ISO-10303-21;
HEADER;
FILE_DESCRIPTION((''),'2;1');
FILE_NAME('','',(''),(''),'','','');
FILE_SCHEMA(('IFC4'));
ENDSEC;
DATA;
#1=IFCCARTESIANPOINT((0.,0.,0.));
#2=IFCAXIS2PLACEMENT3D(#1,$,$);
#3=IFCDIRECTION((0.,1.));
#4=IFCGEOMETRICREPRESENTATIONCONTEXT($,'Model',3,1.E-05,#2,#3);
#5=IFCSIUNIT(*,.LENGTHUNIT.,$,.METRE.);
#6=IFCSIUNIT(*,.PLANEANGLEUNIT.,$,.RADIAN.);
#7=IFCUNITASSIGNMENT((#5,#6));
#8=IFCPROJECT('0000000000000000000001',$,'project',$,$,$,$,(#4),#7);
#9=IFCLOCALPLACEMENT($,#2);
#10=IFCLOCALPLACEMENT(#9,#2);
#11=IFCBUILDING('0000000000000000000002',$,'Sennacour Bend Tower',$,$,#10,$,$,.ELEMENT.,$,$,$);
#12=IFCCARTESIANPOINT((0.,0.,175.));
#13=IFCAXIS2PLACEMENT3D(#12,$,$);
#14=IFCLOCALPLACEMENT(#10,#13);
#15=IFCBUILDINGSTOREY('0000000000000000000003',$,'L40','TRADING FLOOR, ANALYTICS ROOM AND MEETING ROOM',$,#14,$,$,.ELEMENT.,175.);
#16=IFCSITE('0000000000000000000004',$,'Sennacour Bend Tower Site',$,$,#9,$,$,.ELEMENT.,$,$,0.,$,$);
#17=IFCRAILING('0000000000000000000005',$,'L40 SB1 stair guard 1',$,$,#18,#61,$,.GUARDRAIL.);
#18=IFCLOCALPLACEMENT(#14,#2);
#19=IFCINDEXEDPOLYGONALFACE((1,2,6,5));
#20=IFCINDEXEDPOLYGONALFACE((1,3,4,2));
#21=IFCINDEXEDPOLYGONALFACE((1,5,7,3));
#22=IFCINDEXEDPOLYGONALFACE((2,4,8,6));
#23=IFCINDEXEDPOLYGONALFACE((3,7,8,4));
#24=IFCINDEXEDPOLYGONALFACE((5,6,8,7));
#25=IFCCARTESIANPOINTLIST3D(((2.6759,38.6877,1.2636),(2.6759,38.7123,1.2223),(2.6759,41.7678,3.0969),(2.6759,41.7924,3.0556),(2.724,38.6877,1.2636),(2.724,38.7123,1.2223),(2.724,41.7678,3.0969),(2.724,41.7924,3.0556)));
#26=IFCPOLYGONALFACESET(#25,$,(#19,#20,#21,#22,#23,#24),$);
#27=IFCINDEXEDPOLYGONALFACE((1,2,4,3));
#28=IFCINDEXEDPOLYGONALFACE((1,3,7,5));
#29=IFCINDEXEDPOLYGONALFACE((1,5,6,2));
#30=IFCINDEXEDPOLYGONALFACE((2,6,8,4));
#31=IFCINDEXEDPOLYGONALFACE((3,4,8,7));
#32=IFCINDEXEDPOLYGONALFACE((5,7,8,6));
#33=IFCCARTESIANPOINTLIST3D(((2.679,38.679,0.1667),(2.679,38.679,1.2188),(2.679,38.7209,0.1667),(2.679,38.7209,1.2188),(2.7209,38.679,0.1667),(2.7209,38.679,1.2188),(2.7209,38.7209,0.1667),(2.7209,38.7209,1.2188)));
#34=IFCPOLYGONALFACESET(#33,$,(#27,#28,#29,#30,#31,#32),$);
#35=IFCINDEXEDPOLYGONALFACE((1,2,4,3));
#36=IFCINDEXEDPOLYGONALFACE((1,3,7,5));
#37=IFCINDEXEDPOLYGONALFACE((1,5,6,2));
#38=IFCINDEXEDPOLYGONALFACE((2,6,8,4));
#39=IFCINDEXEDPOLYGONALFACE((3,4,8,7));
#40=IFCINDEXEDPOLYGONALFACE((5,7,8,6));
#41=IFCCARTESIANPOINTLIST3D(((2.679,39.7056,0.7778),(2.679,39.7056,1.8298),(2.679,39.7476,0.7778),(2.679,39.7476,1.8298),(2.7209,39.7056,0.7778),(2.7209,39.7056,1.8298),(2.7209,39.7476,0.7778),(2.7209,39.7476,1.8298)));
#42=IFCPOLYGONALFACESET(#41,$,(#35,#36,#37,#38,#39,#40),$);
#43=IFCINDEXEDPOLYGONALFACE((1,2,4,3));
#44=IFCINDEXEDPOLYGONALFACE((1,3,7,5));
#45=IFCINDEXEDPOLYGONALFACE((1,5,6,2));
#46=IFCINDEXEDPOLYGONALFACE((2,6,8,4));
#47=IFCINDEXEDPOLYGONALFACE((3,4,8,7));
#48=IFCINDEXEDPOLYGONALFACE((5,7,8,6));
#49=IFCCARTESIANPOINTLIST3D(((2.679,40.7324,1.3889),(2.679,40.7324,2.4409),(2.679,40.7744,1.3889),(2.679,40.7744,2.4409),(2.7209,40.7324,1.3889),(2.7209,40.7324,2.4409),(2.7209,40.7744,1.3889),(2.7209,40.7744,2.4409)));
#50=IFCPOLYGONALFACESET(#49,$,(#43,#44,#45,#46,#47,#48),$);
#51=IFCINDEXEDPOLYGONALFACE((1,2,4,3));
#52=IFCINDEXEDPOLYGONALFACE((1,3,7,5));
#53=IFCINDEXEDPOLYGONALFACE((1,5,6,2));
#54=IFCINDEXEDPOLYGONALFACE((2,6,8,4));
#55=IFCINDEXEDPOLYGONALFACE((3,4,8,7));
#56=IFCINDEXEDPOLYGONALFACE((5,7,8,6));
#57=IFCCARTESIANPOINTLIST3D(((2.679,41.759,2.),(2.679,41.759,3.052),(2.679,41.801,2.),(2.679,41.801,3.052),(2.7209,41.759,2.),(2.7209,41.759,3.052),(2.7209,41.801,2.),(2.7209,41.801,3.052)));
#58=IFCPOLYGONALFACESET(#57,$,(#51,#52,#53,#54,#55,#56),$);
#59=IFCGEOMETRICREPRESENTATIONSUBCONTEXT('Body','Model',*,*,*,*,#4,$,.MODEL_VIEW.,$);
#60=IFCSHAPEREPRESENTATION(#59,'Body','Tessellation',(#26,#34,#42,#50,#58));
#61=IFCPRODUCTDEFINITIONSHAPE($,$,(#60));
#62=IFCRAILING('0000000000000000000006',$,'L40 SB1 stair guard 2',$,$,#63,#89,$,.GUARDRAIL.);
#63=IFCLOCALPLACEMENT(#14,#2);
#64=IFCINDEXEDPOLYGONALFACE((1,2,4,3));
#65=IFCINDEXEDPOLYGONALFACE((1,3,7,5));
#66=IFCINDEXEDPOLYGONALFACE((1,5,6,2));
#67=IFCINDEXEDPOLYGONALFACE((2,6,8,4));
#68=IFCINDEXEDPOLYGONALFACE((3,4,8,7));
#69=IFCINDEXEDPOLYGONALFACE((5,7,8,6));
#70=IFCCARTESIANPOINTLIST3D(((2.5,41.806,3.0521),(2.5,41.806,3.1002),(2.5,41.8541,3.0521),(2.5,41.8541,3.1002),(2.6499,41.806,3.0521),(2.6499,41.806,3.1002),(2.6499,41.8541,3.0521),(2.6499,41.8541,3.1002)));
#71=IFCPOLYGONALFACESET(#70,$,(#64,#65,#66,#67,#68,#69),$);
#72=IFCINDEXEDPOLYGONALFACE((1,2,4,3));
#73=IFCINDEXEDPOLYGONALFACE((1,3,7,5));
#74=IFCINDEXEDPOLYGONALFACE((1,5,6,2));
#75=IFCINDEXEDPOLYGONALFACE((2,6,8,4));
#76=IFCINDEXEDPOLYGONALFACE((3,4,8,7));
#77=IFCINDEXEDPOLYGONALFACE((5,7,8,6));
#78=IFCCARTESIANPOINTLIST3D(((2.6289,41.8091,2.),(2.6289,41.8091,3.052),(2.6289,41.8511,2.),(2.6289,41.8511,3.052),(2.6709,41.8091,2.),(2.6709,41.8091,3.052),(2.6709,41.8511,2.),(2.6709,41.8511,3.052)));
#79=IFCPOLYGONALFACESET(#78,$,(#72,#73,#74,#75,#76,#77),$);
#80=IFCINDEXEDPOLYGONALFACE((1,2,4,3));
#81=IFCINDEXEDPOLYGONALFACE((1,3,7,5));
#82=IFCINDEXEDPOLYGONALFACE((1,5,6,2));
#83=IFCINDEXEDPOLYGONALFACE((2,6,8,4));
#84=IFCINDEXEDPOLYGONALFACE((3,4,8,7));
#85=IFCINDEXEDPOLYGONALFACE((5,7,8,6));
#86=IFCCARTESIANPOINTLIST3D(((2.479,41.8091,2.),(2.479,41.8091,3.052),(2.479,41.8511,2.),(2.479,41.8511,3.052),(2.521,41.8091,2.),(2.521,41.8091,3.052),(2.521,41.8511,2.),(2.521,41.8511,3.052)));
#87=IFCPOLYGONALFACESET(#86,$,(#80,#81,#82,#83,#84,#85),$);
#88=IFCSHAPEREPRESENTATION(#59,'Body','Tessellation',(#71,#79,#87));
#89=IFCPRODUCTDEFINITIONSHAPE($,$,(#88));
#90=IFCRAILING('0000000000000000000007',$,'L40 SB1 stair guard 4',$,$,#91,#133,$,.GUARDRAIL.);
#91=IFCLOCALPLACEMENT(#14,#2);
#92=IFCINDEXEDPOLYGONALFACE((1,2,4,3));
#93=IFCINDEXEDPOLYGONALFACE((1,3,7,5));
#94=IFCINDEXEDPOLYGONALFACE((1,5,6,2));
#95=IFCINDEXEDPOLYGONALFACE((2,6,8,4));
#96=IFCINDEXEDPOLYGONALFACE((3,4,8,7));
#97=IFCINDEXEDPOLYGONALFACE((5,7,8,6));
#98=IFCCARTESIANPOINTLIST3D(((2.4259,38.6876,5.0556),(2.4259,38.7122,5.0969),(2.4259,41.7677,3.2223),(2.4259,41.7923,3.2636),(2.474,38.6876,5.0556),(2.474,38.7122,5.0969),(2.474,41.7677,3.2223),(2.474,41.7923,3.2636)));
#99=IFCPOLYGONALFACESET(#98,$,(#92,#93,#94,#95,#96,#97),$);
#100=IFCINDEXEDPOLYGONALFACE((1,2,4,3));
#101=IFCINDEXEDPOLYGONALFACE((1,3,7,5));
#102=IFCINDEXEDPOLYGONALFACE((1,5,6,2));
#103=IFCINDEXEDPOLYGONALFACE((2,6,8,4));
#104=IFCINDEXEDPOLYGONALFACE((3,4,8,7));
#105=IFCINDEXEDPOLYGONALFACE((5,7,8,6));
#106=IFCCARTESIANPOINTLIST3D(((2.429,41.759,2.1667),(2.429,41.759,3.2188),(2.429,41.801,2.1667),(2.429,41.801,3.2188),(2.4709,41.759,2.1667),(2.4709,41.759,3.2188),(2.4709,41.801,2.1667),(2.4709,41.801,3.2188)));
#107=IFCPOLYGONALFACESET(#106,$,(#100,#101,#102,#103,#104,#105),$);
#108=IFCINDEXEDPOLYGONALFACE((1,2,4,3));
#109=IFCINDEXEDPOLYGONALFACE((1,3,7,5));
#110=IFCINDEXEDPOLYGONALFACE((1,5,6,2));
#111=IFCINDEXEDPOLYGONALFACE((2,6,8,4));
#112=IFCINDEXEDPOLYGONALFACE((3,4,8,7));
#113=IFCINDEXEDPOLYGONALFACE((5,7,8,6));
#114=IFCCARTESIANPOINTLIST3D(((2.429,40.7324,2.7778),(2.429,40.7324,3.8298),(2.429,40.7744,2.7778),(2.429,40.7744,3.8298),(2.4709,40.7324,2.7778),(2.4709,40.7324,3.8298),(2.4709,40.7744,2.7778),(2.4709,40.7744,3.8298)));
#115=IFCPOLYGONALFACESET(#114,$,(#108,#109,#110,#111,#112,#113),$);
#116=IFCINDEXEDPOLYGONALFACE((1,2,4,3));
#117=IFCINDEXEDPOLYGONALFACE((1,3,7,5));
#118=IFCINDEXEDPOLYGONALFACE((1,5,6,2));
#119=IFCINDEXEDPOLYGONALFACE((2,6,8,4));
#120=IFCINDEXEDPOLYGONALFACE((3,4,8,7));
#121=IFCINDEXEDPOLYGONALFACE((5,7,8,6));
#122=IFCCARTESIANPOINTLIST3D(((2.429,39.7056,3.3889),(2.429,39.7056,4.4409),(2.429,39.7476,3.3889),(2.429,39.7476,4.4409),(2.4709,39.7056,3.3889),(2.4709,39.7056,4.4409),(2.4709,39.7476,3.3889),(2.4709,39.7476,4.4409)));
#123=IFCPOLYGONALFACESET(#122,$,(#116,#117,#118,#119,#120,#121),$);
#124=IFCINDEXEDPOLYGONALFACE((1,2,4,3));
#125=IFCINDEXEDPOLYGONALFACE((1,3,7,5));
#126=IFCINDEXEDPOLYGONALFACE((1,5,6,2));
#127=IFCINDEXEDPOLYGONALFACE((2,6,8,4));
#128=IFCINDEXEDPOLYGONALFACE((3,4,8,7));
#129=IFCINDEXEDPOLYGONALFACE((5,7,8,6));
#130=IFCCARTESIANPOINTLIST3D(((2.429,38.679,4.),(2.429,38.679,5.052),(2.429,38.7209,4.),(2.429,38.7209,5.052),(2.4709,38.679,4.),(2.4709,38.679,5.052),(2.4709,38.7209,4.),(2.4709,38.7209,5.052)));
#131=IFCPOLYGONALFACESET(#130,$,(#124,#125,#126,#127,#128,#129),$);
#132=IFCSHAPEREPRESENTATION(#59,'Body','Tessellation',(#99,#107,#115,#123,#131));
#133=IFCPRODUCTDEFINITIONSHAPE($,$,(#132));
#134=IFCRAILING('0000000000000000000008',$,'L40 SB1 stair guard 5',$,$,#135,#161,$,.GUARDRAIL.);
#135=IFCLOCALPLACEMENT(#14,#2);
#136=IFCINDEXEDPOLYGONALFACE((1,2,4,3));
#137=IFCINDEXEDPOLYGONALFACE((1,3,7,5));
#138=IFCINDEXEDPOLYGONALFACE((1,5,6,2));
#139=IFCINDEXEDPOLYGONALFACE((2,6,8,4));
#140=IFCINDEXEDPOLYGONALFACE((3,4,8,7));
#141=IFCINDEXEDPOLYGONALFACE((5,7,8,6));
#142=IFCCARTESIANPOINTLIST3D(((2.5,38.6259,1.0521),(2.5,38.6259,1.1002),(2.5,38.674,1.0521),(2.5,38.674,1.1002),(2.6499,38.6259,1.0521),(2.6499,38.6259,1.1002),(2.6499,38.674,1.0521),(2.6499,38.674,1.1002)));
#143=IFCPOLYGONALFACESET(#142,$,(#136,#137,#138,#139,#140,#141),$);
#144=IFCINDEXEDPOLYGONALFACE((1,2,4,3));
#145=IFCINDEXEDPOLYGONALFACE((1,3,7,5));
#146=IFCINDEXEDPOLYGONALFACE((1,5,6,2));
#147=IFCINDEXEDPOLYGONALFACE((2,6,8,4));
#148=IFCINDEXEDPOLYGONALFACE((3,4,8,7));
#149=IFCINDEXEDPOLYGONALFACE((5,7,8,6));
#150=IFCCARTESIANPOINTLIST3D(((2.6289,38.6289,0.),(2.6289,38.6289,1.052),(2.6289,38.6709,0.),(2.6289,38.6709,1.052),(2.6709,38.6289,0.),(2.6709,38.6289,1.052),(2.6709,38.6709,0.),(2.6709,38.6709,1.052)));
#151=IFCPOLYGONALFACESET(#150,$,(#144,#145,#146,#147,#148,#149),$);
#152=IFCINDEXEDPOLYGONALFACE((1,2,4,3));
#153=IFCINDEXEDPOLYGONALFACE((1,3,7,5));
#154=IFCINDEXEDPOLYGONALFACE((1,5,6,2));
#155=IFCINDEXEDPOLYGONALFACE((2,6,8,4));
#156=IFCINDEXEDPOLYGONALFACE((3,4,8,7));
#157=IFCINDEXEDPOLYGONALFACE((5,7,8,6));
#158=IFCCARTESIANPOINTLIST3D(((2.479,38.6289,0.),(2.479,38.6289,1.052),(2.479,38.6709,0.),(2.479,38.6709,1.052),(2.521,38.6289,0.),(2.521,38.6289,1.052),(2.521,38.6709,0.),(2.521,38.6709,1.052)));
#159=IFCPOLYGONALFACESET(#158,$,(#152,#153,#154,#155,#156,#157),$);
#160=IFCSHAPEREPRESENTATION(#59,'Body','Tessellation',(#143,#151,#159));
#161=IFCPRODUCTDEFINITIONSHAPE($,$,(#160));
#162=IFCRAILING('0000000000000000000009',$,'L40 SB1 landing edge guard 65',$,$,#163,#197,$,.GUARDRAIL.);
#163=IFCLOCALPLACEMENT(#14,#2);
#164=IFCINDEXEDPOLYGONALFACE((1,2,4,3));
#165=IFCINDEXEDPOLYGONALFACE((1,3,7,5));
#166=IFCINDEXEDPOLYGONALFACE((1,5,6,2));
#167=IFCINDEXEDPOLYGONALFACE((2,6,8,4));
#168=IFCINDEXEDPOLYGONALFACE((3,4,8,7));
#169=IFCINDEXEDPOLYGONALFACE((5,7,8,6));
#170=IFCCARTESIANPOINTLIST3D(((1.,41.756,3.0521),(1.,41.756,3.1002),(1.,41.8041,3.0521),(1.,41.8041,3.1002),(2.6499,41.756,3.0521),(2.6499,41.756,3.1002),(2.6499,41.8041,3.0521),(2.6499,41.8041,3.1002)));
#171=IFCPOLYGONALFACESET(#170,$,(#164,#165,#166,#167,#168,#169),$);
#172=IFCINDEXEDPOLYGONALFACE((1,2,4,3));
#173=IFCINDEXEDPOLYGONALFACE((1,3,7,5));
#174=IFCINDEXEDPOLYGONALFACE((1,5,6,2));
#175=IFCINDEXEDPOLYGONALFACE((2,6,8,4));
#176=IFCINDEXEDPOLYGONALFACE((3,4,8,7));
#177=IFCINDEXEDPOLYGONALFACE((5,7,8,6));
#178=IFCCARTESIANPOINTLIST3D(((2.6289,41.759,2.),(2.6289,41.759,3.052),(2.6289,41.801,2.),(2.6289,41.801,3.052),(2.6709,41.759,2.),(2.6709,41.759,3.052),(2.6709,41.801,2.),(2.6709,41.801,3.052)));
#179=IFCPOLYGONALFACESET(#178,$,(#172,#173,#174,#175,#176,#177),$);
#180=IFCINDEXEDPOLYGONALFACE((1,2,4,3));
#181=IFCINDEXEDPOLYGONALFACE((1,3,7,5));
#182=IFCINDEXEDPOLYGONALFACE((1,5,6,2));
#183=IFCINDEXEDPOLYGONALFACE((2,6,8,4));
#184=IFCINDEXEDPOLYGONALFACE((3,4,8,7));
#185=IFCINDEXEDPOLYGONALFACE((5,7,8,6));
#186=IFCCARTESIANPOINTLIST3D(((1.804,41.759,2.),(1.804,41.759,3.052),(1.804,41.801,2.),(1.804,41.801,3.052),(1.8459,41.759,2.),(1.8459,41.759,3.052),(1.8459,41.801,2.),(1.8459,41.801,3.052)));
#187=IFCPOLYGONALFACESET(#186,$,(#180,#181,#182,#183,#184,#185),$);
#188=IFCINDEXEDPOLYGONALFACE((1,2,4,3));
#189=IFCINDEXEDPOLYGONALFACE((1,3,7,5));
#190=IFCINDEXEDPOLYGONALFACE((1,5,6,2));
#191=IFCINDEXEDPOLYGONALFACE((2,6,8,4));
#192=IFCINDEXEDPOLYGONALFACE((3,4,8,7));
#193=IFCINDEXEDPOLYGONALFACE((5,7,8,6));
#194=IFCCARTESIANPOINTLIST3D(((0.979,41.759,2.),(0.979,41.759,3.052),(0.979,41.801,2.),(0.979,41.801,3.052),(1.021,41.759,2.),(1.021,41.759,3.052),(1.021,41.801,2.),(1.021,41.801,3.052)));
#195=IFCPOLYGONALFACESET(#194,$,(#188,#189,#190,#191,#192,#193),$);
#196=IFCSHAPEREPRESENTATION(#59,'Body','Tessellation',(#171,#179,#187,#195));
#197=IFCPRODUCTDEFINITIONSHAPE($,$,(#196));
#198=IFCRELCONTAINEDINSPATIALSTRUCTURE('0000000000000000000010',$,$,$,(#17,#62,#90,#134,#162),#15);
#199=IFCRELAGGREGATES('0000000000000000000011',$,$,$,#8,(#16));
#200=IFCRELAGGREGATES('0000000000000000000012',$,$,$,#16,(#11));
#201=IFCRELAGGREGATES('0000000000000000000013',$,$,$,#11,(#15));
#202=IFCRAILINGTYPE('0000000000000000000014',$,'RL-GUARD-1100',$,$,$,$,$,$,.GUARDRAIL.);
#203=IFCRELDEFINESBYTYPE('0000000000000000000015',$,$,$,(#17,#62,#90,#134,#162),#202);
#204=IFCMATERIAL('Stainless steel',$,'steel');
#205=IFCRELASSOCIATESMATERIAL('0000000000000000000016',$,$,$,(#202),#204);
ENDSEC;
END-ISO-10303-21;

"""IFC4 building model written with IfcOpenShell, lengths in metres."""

from ifc_helpers import new_model, si_unit, direction, frame, origin, origin_2d, place, context, subcontext, project, spatial, rectangle, extrude, material, type_object, element, save


model = new_model("IFC4")

# Units and contexts
model_context = context("Model", 3, precision=1e-05, world=origin(), true_north=direction((0.0, 1.0)))
body_context = subcontext(model_context, "Body", "Model", "MODEL_VIEW")
ifc_project = project(units=[si_unit("LENGTHUNIT", "METRE"), si_unit("PLANEANGLEUNIT", "RADIAN")], contexts=[model_context])

# Site, building, storey
site_placement = place(None, origin())
site = spatial("IfcSite", under=ifc_project, at=site_placement, Name="Sennacour Bend Tower Site", CompositionType="ELEMENT", RefElevation=0.0)
building_placement = place(site_placement, origin())
building = spatial("IfcBuilding", under=site, at=building_placement, Name="Sennacour Bend Tower", CompositionType="ELEMENT")
storey_placement = place(building_placement, frame((0.0, 0.0, 175.0)))
storey = spatial("IfcBuildingStorey", under=building, at=storey_placement, Name="L40", Description="TRADING FLOOR, ANALYTICS ROOM AND MEETING ROOM", CompositionType="ELEMENT", Elevation=175.0)

# Railings
ifc_material_1 = material(Name="Stainless steel", Category="steel")
railing_type_1 = type_object("IfcRailingType", Name="RL-GUARD-1100", PredefinedType="GUARDRAIL", material=ifc_material_1)
railing_1_placement = place(storey_placement, frame((2.7, 38.7, 0.1667)))
element("IfcRailing", 1, at=railing_1_placement, inside=storey, type_object=railing_type_1, Name="L40 SB1 stair guard 1", PredefinedType="GUARDRAIL", context=body_context, shape_type="SweptSolid", body=[
    extrude(rectangle(XDim=0.0481, YDim=0.0481, at=origin_2d()), frame((0.0, 0.0, 1.0762), z_axis=(0.0, 0.859309, 0.511458), x_axis=(-1.0, 0.0, 0.0)), (0.0, 0.0, 1.0), 3.5845),
    extrude(rectangle(XDim=0.042, YDim=0.042, at=origin_2d()), origin(), (0.0, 0.0, 1.0), 1.052),
    extrude(rectangle(XDim=0.042, YDim=0.042, at=origin_2d()), frame((0.0, 1.0266, 0.6111)), (0.0, 0.0, 1.0), 1.052),
    extrude(rectangle(XDim=0.042, YDim=0.042, at=origin_2d()), frame((0.0, 2.0535, 1.2222)), (0.0, 0.0, 1.0), 1.052),
    extrude(rectangle(XDim=0.042, YDim=0.042, at=origin_2d()), frame((0.0, 3.0801, 1.8333)), (0.0, 0.0, 1.0), 1.052),
])
railing_2_placement = place(storey_placement, frame((2.6499, 41.8301, 2.0)))
element("IfcRailing", 2, at=railing_2_placement, inside=storey, type_object=railing_type_1, Name="L40 SB1 stair guard 2", PredefinedType="GUARDRAIL", context=body_context, shape_type="SweptSolid", body=[
    extrude(rectangle(XDim=0.0481, YDim=0.0481, at=origin_2d()), frame((0.0, 0.0, 1.0762), z_axis=(-1.0, 0.0, 0.0), x_axis=(0.0, -1.0, 0.0)), (0.0, 0.0, 1.0), 0.1499),
    extrude(rectangle(XDim=0.042, YDim=0.042, at=origin_2d()), origin(), (0.0, 0.0, 1.0), 1.052),
    extrude(rectangle(XDim=0.042, YDim=0.042, at=origin_2d()), frame((-0.1499, 0.0, 0.0)), (0.0, 0.0, 1.0), 1.052),
])
railing_3_placement = place(storey_placement, frame((2.45, 41.78, 2.1667)))
element("IfcRailing", 3, at=railing_3_placement, inside=storey, type_object=railing_type_1, Name="L40 SB1 stair guard 4", PredefinedType="GUARDRAIL", context=body_context, shape_type="SweptSolid", body=[
    extrude(rectangle(XDim=0.0481, YDim=0.0481, at=origin_2d()), frame((0.0, 0.0, 1.0762), z_axis=(0.0, -0.859309, 0.511458), x_axis=(1.0, 0.0, 0.0)), (0.0, 0.0, 1.0), 3.5845),
    extrude(rectangle(XDim=0.042, YDim=0.042, at=origin_2d()), origin(), (0.0, 0.0, 1.0), 1.052),
    extrude(rectangle(XDim=0.042, YDim=0.042, at=origin_2d()), frame((0.0, -1.0266, 0.6111)), (0.0, 0.0, 1.0), 1.052),
    extrude(rectangle(XDim=0.042, YDim=0.042, at=origin_2d()), frame((0.0, -2.0535, 1.2222)), (0.0, 0.0, 1.0), 1.052),
    extrude(rectangle(XDim=0.042, YDim=0.042, at=origin_2d()), frame((0.0, -3.0801, 1.8333)), (0.0, 0.0, 1.0), 1.052),
])
railing_4_placement = place(storey_placement, frame((2.6499, 38.6499, 0.0)))
element("IfcRailing", 4, at=railing_4_placement, inside=storey, type_object=railing_type_1, Name="L40 SB1 stair guard 5", PredefinedType="GUARDRAIL", context=body_context, shape_type="SweptSolid", body=[
    extrude(rectangle(XDim=0.0481, YDim=0.0481, at=origin_2d()), frame((0.0, 0.0, 1.0762), z_axis=(-1.0, 0.0, 0.0), x_axis=(0.0, -1.0, 0.0)), (0.0, 0.0, 1.0), 0.1499),
    extrude(rectangle(XDim=0.042, YDim=0.042, at=origin_2d()), origin(), (0.0, 0.0, 1.0), 1.052),
    extrude(rectangle(XDim=0.042, YDim=0.042, at=origin_2d()), frame((-0.1499, 0.0, 0.0)), (0.0, 0.0, 1.0), 1.052),
])
railing_5_placement = place(storey_placement, frame((2.6499, 41.78, 2.0)))
element("IfcRailing", 5, at=railing_5_placement, inside=storey, type_object=railing_type_1, Name="L40 SB1 landing edge guard 65", PredefinedType="GUARDRAIL", context=body_context, shape_type="SweptSolid", body=[
    extrude(rectangle(XDim=0.0481, YDim=0.0481, at=origin_2d()), frame((0.0, 0.0, 1.0762), z_axis=(-1.0, 0.0, 0.0), x_axis=(0.0, -1.0, 0.0)), (0.0, 0.0, 1.0), 1.6499),
    extrude(rectangle(XDim=0.042, YDim=0.042, at=origin_2d()), origin(), (0.0, 0.0, 1.0), 1.052),
    extrude(rectangle(XDim=0.042, YDim=0.042, at=origin_2d()), frame((-0.825, 0.0, 0.0)), (0.0, 0.0, 1.0), 1.052),
    extrude(rectangle(XDim=0.042, YDim=0.042, at=origin_2d()), frame((-1.6499, 0.0, 0.0)), (0.0, 0.0, 1.0), 1.052),
])

save(model, "model.ifc")
